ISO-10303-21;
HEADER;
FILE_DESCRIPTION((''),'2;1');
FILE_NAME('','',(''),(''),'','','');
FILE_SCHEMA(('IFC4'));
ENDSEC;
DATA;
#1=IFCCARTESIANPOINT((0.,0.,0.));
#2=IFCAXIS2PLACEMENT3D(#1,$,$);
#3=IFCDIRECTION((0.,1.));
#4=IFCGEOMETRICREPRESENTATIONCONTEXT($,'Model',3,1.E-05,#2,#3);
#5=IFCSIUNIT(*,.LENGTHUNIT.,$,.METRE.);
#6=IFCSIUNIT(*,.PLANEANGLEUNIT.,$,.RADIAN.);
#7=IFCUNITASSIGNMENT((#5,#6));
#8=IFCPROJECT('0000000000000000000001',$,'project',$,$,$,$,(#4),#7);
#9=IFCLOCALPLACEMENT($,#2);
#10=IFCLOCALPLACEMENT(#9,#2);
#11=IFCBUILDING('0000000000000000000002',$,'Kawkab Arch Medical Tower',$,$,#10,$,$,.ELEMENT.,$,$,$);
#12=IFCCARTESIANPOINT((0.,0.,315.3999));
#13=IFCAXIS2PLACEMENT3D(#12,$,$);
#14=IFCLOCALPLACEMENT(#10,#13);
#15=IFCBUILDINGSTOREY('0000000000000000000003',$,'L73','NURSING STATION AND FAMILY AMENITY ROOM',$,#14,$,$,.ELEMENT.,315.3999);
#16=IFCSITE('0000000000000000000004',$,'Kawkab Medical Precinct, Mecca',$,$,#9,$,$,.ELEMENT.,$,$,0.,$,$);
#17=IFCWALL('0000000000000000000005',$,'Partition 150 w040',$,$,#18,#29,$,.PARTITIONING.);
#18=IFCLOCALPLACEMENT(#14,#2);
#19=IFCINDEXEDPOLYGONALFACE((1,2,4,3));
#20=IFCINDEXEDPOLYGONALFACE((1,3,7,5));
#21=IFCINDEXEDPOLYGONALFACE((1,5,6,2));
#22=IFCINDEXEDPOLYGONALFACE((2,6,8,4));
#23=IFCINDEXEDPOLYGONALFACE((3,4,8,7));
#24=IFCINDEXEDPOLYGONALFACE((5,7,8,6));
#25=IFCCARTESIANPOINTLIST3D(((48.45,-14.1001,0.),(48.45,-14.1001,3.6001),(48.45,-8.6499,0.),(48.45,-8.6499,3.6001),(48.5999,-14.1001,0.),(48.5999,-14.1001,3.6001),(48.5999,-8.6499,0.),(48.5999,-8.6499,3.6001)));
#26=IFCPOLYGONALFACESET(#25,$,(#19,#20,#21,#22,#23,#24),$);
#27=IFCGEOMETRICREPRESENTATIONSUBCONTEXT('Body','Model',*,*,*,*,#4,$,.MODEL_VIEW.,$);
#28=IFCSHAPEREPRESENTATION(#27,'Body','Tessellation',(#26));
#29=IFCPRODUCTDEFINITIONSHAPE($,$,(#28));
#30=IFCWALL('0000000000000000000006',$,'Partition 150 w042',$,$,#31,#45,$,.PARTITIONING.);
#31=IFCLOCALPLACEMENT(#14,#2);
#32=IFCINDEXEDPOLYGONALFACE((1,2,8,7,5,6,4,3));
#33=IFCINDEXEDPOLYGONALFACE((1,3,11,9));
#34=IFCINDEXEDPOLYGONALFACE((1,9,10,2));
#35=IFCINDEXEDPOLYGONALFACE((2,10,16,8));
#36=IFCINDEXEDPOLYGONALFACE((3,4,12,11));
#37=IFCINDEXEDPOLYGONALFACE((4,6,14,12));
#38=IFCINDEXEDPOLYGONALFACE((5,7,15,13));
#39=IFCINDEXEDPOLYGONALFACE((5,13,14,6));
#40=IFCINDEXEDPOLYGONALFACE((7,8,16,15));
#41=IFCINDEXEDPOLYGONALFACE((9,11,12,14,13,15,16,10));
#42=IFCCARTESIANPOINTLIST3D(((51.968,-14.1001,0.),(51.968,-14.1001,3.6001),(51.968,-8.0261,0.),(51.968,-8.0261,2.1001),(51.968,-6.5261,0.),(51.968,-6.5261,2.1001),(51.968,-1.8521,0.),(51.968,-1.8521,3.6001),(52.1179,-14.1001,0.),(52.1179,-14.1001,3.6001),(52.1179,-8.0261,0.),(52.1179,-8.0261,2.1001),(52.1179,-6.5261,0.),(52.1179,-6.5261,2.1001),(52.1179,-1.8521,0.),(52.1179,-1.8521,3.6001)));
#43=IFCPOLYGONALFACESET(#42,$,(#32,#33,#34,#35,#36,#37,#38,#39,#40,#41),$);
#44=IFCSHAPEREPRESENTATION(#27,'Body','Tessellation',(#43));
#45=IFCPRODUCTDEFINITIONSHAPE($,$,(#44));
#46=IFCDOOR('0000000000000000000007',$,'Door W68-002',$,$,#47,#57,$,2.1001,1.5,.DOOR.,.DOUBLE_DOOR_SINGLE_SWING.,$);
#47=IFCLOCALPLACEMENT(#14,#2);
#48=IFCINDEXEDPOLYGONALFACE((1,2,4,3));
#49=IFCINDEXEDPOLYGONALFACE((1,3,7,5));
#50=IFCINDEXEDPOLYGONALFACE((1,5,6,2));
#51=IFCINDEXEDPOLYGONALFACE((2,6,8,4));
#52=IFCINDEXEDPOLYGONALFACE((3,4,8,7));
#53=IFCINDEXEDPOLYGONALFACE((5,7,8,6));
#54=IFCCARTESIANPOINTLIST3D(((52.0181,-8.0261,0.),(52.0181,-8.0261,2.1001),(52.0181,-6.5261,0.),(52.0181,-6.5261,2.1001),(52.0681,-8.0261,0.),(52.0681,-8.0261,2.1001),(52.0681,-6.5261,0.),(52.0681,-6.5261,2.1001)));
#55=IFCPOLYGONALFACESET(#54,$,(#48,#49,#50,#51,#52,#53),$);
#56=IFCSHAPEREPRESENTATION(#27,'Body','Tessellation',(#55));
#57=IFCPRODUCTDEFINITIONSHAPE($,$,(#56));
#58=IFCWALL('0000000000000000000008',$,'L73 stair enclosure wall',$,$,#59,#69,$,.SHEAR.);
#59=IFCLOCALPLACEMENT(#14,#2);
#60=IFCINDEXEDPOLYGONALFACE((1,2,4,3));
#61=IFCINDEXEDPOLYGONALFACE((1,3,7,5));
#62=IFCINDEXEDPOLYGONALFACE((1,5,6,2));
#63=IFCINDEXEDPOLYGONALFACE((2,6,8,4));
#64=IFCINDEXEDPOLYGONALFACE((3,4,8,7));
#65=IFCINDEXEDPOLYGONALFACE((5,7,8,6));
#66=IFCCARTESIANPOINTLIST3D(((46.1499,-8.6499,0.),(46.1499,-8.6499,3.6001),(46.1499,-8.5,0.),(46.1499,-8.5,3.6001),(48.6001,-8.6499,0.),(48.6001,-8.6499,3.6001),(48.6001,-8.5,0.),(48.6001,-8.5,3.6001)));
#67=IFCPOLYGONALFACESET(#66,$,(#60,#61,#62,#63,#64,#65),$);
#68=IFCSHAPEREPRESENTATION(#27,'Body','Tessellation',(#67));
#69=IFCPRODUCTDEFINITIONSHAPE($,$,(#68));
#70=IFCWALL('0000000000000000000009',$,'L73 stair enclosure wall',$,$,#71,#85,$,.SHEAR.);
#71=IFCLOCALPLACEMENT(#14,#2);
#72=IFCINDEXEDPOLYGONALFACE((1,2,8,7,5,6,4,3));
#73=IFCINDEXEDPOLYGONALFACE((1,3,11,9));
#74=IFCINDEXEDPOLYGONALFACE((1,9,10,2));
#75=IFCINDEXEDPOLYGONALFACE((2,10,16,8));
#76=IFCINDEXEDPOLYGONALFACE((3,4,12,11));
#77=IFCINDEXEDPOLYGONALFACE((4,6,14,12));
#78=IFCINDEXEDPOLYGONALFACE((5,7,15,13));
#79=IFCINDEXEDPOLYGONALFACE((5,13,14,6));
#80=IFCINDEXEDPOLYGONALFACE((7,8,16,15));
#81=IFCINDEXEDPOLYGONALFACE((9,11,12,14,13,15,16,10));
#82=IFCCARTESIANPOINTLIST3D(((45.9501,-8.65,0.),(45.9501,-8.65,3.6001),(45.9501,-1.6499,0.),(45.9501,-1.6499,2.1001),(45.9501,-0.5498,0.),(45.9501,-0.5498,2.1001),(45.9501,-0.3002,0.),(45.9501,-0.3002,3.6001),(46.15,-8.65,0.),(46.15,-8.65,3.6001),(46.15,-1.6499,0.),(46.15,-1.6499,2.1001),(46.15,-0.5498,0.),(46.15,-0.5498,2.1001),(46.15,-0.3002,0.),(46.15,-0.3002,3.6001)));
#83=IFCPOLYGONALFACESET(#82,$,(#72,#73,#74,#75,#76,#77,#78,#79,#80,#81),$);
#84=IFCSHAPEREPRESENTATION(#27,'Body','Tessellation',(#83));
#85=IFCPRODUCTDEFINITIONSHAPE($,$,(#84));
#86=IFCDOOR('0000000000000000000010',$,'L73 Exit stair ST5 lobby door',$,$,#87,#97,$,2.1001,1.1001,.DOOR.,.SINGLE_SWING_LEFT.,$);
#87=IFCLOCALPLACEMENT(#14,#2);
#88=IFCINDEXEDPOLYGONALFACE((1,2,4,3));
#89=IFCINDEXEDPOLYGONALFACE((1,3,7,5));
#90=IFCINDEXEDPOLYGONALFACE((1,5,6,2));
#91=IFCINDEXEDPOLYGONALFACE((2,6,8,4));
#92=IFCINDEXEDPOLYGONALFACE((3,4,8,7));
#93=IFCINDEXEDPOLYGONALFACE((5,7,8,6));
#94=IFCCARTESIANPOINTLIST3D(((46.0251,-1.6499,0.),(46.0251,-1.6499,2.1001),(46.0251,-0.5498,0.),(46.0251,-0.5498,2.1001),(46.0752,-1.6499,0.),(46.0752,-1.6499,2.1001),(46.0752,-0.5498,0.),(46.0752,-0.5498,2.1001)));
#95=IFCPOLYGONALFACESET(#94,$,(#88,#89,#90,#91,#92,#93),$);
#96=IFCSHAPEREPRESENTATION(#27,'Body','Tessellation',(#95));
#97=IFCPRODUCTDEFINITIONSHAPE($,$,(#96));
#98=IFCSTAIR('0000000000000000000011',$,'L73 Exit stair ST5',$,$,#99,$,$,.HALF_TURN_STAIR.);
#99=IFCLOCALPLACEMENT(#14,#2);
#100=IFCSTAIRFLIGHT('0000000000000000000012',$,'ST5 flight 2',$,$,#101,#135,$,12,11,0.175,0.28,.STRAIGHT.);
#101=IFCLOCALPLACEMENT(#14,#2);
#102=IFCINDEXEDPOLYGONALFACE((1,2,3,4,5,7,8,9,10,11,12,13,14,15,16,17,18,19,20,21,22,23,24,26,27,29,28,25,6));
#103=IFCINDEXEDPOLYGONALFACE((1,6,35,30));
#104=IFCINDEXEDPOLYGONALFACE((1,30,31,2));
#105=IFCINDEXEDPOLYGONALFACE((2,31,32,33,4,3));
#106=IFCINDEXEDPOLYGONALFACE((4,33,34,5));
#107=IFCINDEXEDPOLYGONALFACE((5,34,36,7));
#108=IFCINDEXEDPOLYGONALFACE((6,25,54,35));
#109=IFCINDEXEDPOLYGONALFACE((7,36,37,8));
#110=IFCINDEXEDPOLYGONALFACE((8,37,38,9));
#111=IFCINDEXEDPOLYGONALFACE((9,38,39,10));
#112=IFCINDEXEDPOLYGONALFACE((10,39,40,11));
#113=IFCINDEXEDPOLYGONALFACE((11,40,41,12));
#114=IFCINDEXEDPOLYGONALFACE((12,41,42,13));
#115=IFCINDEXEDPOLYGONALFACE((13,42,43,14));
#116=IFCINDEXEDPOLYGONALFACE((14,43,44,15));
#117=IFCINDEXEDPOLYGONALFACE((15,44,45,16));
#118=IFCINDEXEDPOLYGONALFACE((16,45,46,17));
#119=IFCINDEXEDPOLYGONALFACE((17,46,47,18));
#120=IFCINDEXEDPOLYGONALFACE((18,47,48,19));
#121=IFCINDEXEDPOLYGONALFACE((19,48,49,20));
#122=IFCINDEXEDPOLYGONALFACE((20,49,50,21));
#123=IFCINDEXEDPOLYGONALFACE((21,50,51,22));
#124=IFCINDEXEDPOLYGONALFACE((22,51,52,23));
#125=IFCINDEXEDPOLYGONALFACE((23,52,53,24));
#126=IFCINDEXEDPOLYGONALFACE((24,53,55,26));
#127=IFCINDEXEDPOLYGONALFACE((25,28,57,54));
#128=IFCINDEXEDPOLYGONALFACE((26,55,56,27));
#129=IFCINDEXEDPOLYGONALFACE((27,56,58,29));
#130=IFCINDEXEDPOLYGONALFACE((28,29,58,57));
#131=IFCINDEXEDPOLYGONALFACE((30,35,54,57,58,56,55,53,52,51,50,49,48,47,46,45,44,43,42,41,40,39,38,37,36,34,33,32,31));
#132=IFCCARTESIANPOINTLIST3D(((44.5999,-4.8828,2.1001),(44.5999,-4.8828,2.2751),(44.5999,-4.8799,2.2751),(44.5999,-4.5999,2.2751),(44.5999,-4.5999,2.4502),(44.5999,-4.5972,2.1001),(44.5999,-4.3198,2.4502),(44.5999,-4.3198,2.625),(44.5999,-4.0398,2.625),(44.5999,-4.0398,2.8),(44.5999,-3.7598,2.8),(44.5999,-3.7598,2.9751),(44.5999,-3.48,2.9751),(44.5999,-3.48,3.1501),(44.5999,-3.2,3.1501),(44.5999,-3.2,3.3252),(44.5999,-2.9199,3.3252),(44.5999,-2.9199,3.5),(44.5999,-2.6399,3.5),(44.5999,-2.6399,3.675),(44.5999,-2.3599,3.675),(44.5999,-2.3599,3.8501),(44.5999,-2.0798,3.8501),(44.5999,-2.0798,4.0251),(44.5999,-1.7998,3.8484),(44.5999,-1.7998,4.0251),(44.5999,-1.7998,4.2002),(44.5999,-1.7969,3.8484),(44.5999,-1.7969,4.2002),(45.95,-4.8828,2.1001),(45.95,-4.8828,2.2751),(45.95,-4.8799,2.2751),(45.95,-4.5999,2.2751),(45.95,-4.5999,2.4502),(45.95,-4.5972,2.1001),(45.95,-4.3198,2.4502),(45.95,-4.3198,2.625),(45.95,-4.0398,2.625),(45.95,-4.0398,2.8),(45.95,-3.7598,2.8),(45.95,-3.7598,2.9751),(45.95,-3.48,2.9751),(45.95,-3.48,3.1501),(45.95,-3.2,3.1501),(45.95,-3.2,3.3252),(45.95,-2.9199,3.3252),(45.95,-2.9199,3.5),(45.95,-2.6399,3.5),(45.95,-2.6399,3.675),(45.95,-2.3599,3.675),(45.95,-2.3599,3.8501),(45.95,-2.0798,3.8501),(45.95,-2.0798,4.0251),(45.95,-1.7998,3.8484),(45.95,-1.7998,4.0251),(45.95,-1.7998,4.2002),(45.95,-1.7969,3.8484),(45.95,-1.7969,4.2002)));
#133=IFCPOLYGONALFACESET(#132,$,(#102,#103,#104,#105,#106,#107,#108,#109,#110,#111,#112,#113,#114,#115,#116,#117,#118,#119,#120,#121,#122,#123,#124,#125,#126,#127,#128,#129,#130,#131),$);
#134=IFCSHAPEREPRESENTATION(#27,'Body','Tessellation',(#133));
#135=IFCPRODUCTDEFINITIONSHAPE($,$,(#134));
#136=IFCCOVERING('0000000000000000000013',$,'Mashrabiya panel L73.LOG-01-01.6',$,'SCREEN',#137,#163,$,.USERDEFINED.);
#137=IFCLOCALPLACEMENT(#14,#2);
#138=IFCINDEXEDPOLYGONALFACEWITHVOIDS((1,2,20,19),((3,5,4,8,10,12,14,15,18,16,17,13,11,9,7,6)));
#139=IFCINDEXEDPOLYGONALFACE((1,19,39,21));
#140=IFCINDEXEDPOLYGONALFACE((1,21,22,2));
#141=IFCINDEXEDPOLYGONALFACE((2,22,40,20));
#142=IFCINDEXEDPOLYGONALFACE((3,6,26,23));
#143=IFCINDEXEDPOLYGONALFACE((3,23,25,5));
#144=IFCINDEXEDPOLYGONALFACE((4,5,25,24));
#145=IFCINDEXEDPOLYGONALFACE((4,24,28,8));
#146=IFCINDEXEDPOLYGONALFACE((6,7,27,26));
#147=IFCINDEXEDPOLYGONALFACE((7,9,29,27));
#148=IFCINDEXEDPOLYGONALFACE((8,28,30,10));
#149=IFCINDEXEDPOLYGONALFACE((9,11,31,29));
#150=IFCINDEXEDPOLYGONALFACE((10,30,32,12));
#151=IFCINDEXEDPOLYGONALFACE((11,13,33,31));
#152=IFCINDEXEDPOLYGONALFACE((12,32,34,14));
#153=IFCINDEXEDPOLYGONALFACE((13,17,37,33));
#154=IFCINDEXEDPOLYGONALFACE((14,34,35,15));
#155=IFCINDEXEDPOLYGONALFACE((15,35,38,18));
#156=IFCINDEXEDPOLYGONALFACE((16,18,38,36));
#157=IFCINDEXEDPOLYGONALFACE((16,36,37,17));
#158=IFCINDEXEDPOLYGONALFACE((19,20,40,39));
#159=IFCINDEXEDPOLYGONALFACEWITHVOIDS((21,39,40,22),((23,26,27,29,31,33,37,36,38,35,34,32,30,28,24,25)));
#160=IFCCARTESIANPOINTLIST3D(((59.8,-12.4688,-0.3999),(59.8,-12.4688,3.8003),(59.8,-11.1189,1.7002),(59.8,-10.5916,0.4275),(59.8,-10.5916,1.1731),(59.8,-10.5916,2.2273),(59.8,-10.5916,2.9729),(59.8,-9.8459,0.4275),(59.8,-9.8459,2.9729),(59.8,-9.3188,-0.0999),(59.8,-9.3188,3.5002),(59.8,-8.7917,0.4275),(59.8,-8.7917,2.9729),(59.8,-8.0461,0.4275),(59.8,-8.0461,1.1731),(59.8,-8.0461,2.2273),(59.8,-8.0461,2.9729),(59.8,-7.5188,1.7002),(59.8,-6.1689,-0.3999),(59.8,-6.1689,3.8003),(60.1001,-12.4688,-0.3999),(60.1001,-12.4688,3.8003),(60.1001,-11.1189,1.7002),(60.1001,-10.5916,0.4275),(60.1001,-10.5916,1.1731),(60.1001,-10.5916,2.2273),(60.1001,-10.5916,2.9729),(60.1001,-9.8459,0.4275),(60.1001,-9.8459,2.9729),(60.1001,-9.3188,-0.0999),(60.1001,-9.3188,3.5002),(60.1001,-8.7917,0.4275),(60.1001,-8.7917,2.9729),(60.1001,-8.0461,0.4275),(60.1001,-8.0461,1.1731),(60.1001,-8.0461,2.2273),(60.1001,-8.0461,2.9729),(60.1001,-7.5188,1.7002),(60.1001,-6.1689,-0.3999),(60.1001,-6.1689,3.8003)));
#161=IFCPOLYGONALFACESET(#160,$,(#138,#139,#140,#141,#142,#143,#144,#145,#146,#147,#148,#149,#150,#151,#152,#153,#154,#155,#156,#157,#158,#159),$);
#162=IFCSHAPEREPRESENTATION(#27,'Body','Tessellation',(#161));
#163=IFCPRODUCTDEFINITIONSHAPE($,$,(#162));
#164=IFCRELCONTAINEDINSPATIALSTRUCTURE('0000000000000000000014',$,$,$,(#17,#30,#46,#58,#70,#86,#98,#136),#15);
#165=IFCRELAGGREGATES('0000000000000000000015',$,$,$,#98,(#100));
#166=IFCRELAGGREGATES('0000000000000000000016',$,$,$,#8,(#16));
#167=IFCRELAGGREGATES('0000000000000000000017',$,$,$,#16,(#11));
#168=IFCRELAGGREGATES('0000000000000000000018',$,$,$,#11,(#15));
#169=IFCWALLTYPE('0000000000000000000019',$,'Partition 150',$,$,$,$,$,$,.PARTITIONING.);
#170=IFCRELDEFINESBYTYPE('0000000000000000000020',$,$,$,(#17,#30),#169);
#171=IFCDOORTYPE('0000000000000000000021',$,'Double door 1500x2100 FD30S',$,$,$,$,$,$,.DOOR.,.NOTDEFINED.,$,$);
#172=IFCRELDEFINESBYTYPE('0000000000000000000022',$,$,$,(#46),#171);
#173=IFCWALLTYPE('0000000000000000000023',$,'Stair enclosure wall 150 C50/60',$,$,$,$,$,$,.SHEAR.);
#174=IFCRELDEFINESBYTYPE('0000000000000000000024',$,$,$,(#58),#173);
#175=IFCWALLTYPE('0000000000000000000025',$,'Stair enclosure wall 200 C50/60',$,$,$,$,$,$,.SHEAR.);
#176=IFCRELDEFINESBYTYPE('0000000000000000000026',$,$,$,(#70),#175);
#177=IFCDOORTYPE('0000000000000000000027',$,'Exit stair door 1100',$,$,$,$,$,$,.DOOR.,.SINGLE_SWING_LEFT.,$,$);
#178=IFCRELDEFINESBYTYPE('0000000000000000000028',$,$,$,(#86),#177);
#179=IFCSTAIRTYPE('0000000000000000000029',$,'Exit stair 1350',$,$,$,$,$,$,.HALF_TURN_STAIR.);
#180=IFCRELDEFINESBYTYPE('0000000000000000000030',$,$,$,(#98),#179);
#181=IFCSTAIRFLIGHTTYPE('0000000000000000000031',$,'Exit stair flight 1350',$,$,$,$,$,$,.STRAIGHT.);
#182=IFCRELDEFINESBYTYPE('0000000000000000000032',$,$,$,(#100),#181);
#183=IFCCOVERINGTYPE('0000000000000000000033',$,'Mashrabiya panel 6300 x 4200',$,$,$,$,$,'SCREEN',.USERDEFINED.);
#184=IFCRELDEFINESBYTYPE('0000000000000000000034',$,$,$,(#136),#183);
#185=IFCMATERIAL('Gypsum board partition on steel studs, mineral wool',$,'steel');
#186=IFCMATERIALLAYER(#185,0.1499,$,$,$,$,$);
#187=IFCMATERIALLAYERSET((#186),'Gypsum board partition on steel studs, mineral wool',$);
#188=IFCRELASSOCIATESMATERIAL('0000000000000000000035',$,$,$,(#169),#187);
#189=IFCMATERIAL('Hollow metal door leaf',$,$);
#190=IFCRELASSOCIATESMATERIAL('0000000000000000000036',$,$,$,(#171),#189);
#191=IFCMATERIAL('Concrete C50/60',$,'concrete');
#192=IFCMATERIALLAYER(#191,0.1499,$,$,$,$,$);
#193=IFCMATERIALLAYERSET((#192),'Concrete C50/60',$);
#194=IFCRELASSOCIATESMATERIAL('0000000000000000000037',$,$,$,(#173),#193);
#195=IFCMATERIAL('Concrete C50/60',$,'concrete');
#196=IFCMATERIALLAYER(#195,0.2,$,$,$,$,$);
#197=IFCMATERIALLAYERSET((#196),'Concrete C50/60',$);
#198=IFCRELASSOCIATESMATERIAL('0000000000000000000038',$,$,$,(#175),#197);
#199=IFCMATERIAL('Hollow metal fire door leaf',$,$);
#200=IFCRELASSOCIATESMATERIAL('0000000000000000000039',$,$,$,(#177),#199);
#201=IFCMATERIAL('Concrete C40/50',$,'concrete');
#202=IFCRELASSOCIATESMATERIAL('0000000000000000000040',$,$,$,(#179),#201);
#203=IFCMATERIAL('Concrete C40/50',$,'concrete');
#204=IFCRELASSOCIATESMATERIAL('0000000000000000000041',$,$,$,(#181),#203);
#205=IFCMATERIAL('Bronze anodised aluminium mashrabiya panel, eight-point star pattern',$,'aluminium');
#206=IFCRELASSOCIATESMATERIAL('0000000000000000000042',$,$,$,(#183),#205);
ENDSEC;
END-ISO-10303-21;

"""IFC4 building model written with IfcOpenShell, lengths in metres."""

from ifc_helpers import new_model, si_unit, direction, frame, frame_2d, origin, place, context, subcontext, project, spatial, polyline, rectangle, outline, extrude, material, layer, layer_set, material_profile, profile_set, type_object, element, fill, aggregate, save


model = new_model("IFC4")

# Units and contexts
model_context = context("Model", 3, precision=1e-05, world=origin(), true_north=direction((0.0, 1.0)))
body_context = subcontext(model_context, "Body", "Model", "MODEL_VIEW")
ifc_project = project(units=[si_unit("LENGTHUNIT", "METRE"), si_unit("PLANEANGLEUNIT", "RADIAN")], contexts=[model_context])

# Site, building, storey
site_placement = place(None, origin())
site = spatial("IfcSite", under=ifc_project, at=site_placement, Name="Kawkab Medical Precinct, Mecca", CompositionType="ELEMENT", RefElevation=0.0)
building_placement = place(site_placement, origin())
building = spatial("IfcBuilding", under=site, at=building_placement, Name="Kawkab Arch Medical Tower", CompositionType="ELEMENT")
storey_placement = place(building_placement, frame((0.0, 0.0, 315.3999)))
storey = spatial("IfcBuildingStorey", under=building, at=storey_placement, Name="L73", Description="NURSING STATION AND FAMILY AMENITY ROOM", CompositionType="ELEMENT", Elevation=315.3999)

# Shared definitions
placement = place(storey_placement, origin())

# Wall
ifc_material_1 = material(Name="Gypsum board partition on steel studs, mineral wool", Category="steel")
ifc_layer_1 = layer(ifc_material_1, 0.1499)
ifc_layer_set_1 = layer_set([ifc_layer_1], Name="Gypsum board partition on steel studs, mineral wool")
wall_type_1 = type_object("IfcWallType", Name="Partition 150", PredefinedType="PARTITIONING", material=ifc_layer_set_1)
wall_1_placement = place(storey_placement, frame((48.5249, -14.1001, 0.0), z_axis=(0.0, 0.0, 1.0), x_axis=(0.0, 1.0, 0.0)))
element("IfcWall", 1, at=wall_1_placement, inside=storey, type_object=wall_type_1, Name="Partition 150 w040", PredefinedType="PARTITIONING", context=body_context, shape_type="SweptSolid", body=[
    extrude(rectangle(XDim=5.4502, YDim=0.1499, at=frame_2d((2.7251, 0.0))), origin(), (0.0, 0.0, 1.0), 3.6001),
])

# Wall, opening, door
wall_2_placement = place(storey_placement, frame((52.043, -14.1001, 0.0), z_axis=(0.0, 0.0, 1.0), x_axis=(0.0, 1.0, 0.0)))
wall_2 = element("IfcWall", 2, at=wall_2_placement, inside=storey, type_object=wall_type_1, Name="Partition 150 w042", PredefinedType="PARTITIONING", context=body_context, shape_type="SweptSolid", body=[
    extrude(rectangle(XDim=12.248, YDim=0.1499, at=frame_2d((6.124, 0.0))), origin(), (0.0, 0.0, 1.0), 3.6001),
])
opening_1_placement = place(wall_2_placement, frame((6.074, 0.0, 0.0)))
opening_1 = element("IfcOpeningElement", 3, at=opening_1_placement, cuts=wall_2, PredefinedType="OPENING", context=body_context, shape_type="SweptSolid", body=[
    extrude(rectangle(XDim=1.5, YDim=2.1001, at=frame_2d((0.75, 1.05))), frame((0.0, 0.085, 0.0), z_axis=(0.0, -1.0, 0.0), x_axis=(1.0, 0.0, 0.0)), (0.0, 0.0, 1.0), 0.1699),
])
ifc_material_2 = material(Name="Hollow metal door leaf")
door_type_1 = type_object("IfcDoorType", Name="Double door 1500x2100 FD30S", OperationType="NOTDEFINED", PredefinedType="DOOR", material=ifc_material_2)
door_1_placement = place(opening_1_placement, origin())
door_1 = element("IfcDoor", 4, at=door_1_placement, inside=storey, type_object=door_type_1, Name="Door W68-002", OperationType="DOUBLE_DOOR_SINGLE_SWING", OverallHeight=2.1001, OverallWidth=1.5, PredefinedType="DOOR", context=body_context, shape_type="SweptSolid", body=[
    extrude(rectangle(XDim=1.5, YDim=2.1001, at=frame_2d((0.75, 1.05))), frame((0.0, 0.0249, 0.0), z_axis=(0.0, -1.0, 0.0), x_axis=(1.0, 0.0, 0.0)), (0.0, 0.0, 1.0), 0.05),
])
fill(opening_1, door_1)

# Wall
ifc_material_3 = material(Name="Concrete C50/60", Category="concrete")
ifc_layer_2 = layer(ifc_material_3, 0.1499)
ifc_layer_set_2 = layer_set([ifc_layer_2], Name="Concrete C50/60")
wall_type_2 = type_object("IfcWallType", Name="Stair enclosure wall 150 C50/60", PredefinedType="SHEAR", material=ifc_layer_set_2)
wall_3_placement = place(storey_placement, frame((46.1499, -8.575, 0.0), z_axis=(0.0, 0.0, 1.0), x_axis=(1.0, 0.0, 0.0)))
element("IfcWall", 5, at=wall_3_placement, inside=storey, type_object=wall_type_2, Name="L73 stair enclosure wall", PredefinedType="SHEAR", context=body_context, shape_type="SweptSolid", body=[
    extrude(rectangle(XDim=2.4502, YDim=0.1499, at=frame_2d((1.2251, 0.0))), origin(), (0.0, 0.0, 1.0), 3.6001),
])

# Wall, opening, door
ifc_material_4 = material(Name="Concrete C50/60", Category="concrete")
ifc_layer_3 = layer(ifc_material_4, 0.2)
ifc_layer_set_3 = layer_set([ifc_layer_3], Name="Concrete C50/60")
wall_type_3 = type_object("IfcWallType", Name="Stair enclosure wall 200 C50/60", PredefinedType="SHEAR", material=ifc_layer_set_3)
wall_4_placement = place(storey_placement, frame((46.05, -8.6499, 0.0), z_axis=(0.0, 0.0, 1.0), x_axis=(0.0, 1.0, 0.0)))
wall_4 = element("IfcWall", 6, at=wall_4_placement, inside=storey, type_object=wall_type_3, Name="L73 stair enclosure wall", PredefinedType="SHEAR", context=body_context, shape_type="SweptSolid", body=[
    extrude(rectangle(XDim=8.3499, YDim=0.2, at=frame_2d((4.1748, 0.0))), origin(), (0.0, 0.0, 1.0), 3.6001),
])
opening_2_placement = place(wall_4_placement, frame((7.0, 0.0, 0.0)))
opening_2 = element("IfcOpeningElement", 7, at=opening_2_placement, cuts=wall_4, PredefinedType="OPENING", context=body_context, shape_type="SweptSolid", body=[
    extrude(rectangle(XDim=1.1001, YDim=2.1001, at=frame_2d((0.55, 1.05))), frame((0.0, 0.1099, 0.0), z_axis=(0.0, -1.0, 0.0), x_axis=(1.0, 0.0, 0.0)), (0.0, 0.0, 1.0), 0.22),
])
ifc_material_5 = material(Name="Hollow metal fire door leaf")
door_type_2 = type_object("IfcDoorType", Name="Exit stair door 1100", OperationType="SINGLE_SWING_LEFT", PredefinedType="DOOR", material=ifc_material_5)
door_2_placement = place(opening_2_placement, origin())
door_2 = element("IfcDoor", 8, at=door_2_placement, inside=storey, type_object=door_type_2, Name="L73 Exit stair ST5 lobby door", OperationType="SINGLE_SWING_LEFT", OverallHeight=2.1001, OverallWidth=1.1001, PredefinedType="DOOR", context=body_context, shape_type="SweptSolid", body=[
    extrude(rectangle(XDim=1.1001, YDim=2.1001, at=frame_2d((0.55, 1.05))), frame((0.0, 0.0249, 0.0), z_axis=(0.0, -1.0, 0.0), x_axis=(1.0, 0.0, 0.0)), (0.0, 0.0, 1.0), 0.05),
])
fill(opening_2, door_2)

# Stair, stair flight
ifc_material_6 = material(Name="Concrete C40/50", Category="concrete")
stair_type = type_object("IfcStairType", Name="Exit stair 1350", PredefinedType="HALF_TURN_STAIR", material=ifc_material_6)
stair = element("IfcStair", 9, at=placement, inside=storey, type_object=stair_type, Name="L73 Exit stair ST5", PredefinedType="HALF_TURN_STAIR")
ifc_material_7 = material(Name="Concrete C40/50", Category="concrete")
stair_flight_type = type_object("IfcStairFlightType", Name="Exit stair flight 1350", PredefinedType="STRAIGHT", material=ifc_material_7)
stair_flight_placement = place(storey_placement, frame((45.2749, -4.8799, 2.1001), z_axis=(0.0, 0.0, 1.0), x_axis=(0.0, 1.0, 0.0)))
stair_flight = element("IfcStairFlight", 10, at=stair_flight_placement, type_object=stair_flight_type, Name="ST5 flight 2", NumberOfRisers=12, NumberOfTreads=11, PredefinedType="STRAIGHT", RiserHeight=0.175, TreadLength=0.28, context=body_context, shape_type="SweptSolid", body=[
    extrude(outline(polyline([(-0.0029, 0.0), (-0.0029, 0.175), (0.0, 0.175), (0.28, 0.175), (0.28, 0.3501), (0.5601, 0.3501), (0.5601, 0.5249), (0.8401, 0.5249), (0.8401, 0.7), (1.1201, 0.7), (1.1201, 0.875), (1.3999, 0.875), (1.3999, 1.05), (1.6799, 1.05), (1.6799, 1.2251), (1.96, 1.2251), (1.96, 1.3999), (2.24, 1.3999), (2.24, 1.575), (2.52, 1.575), (2.52, 1.75), (2.8, 1.75), (2.8, 1.925), (3.0801, 1.925), (3.0801, 2.1001), (3.083, 2.1001), (3.083, 1.7483), (3.0801, 1.7483), (0.2827, 0.0), (-0.0029, 0.0)])), frame((0.0, 0.675, 0.0), z_axis=(0.0, -1.0, 0.0), x_axis=(1.0, 0.0, 0.0)), (0.0, 0.0, 1.0), 1.3501),
])
aggregate(stair, [stair_flight])

# Covering
ifc_material_8 = material(Name="Bronze anodised aluminium mashrabiya panel, eight-point star pattern", Category="aluminium")
ifc_material_profile_1 = material_profile(ifc_material_8, outline(polyline([(-3.1499, -2.1001), (3.1499, -2.1001), (3.1499, 2.1001), (-3.1499, 2.1001), (-3.1499, -2.1001)]), holes=[polyline([(1.8, 0.0), (1.2727, 0.5271), (1.2727, 1.2727), (0.5271, 1.2727), (0.0, 1.8), (-0.5271, 1.2727), (-1.2727, 1.2727), (-1.2727, 0.5271), (-1.8, 0.0), (-1.2727, -0.5271), (-1.2727, -1.2727), (-0.5271, -1.2727), (0.0, -1.8), (0.5271, -1.2727), (1.2727, -1.2727), (1.2727, -0.5271), (1.8, 0.0)])]), Name="Mashrabiya panel 6300x4200")
ifc_profile_set_1 = profile_set([ifc_material_profile_1], Name="Bronze anodised aluminium mashrabiya panel, eight-point star pattern")
covering_type_1 = type_object("IfcCoveringType", Name="Mashrabiya panel 6300 x 4200", ElementType="SCREEN", PredefinedType="USERDEFINED", material=ifc_profile_set_1)
covering_1_placement = place(storey_placement, frame((59.8, -9.3188, 1.7002), z_axis=(1.0, 0.0, 0.0), x_axis=(0.0, 1.0, 0.0)))
element("IfcCovering", 11, at=covering_1_placement, inside=storey, type_object=covering_type_1, Name="Mashrabiya panel L73.LOG-01-01.6", ObjectType="SCREEN", PredefinedType="USERDEFINED", context=body_context, shape_type="SweptSolid", body=[
    extrude(outline(polyline([(-3.1499, -2.1001), (3.1499, -2.1001), (3.1499, 2.1001), (-3.1499, 2.1001), (-3.1499, -2.1001)]), holes=[polyline([(1.8, 0.0), (1.2727, 0.5271), (1.2727, 1.2727), (0.5271, 1.2727), (0.0, 1.8), (-0.5271, 1.2727), (-1.2727, 1.2727), (-1.2727, 0.5271), (-1.8, 0.0), (-1.2727, -0.5271), (-1.2727, -1.2727), (-0.5271, -1.2727), (0.0, -1.8), (0.5271, -1.2727), (1.2727, -1.2727), (1.2727, -0.5271), (1.8, 0.0)])]), origin(), (0.0, 0.0, 1.0), 0.3),
])

save(model, "model.ifc")
